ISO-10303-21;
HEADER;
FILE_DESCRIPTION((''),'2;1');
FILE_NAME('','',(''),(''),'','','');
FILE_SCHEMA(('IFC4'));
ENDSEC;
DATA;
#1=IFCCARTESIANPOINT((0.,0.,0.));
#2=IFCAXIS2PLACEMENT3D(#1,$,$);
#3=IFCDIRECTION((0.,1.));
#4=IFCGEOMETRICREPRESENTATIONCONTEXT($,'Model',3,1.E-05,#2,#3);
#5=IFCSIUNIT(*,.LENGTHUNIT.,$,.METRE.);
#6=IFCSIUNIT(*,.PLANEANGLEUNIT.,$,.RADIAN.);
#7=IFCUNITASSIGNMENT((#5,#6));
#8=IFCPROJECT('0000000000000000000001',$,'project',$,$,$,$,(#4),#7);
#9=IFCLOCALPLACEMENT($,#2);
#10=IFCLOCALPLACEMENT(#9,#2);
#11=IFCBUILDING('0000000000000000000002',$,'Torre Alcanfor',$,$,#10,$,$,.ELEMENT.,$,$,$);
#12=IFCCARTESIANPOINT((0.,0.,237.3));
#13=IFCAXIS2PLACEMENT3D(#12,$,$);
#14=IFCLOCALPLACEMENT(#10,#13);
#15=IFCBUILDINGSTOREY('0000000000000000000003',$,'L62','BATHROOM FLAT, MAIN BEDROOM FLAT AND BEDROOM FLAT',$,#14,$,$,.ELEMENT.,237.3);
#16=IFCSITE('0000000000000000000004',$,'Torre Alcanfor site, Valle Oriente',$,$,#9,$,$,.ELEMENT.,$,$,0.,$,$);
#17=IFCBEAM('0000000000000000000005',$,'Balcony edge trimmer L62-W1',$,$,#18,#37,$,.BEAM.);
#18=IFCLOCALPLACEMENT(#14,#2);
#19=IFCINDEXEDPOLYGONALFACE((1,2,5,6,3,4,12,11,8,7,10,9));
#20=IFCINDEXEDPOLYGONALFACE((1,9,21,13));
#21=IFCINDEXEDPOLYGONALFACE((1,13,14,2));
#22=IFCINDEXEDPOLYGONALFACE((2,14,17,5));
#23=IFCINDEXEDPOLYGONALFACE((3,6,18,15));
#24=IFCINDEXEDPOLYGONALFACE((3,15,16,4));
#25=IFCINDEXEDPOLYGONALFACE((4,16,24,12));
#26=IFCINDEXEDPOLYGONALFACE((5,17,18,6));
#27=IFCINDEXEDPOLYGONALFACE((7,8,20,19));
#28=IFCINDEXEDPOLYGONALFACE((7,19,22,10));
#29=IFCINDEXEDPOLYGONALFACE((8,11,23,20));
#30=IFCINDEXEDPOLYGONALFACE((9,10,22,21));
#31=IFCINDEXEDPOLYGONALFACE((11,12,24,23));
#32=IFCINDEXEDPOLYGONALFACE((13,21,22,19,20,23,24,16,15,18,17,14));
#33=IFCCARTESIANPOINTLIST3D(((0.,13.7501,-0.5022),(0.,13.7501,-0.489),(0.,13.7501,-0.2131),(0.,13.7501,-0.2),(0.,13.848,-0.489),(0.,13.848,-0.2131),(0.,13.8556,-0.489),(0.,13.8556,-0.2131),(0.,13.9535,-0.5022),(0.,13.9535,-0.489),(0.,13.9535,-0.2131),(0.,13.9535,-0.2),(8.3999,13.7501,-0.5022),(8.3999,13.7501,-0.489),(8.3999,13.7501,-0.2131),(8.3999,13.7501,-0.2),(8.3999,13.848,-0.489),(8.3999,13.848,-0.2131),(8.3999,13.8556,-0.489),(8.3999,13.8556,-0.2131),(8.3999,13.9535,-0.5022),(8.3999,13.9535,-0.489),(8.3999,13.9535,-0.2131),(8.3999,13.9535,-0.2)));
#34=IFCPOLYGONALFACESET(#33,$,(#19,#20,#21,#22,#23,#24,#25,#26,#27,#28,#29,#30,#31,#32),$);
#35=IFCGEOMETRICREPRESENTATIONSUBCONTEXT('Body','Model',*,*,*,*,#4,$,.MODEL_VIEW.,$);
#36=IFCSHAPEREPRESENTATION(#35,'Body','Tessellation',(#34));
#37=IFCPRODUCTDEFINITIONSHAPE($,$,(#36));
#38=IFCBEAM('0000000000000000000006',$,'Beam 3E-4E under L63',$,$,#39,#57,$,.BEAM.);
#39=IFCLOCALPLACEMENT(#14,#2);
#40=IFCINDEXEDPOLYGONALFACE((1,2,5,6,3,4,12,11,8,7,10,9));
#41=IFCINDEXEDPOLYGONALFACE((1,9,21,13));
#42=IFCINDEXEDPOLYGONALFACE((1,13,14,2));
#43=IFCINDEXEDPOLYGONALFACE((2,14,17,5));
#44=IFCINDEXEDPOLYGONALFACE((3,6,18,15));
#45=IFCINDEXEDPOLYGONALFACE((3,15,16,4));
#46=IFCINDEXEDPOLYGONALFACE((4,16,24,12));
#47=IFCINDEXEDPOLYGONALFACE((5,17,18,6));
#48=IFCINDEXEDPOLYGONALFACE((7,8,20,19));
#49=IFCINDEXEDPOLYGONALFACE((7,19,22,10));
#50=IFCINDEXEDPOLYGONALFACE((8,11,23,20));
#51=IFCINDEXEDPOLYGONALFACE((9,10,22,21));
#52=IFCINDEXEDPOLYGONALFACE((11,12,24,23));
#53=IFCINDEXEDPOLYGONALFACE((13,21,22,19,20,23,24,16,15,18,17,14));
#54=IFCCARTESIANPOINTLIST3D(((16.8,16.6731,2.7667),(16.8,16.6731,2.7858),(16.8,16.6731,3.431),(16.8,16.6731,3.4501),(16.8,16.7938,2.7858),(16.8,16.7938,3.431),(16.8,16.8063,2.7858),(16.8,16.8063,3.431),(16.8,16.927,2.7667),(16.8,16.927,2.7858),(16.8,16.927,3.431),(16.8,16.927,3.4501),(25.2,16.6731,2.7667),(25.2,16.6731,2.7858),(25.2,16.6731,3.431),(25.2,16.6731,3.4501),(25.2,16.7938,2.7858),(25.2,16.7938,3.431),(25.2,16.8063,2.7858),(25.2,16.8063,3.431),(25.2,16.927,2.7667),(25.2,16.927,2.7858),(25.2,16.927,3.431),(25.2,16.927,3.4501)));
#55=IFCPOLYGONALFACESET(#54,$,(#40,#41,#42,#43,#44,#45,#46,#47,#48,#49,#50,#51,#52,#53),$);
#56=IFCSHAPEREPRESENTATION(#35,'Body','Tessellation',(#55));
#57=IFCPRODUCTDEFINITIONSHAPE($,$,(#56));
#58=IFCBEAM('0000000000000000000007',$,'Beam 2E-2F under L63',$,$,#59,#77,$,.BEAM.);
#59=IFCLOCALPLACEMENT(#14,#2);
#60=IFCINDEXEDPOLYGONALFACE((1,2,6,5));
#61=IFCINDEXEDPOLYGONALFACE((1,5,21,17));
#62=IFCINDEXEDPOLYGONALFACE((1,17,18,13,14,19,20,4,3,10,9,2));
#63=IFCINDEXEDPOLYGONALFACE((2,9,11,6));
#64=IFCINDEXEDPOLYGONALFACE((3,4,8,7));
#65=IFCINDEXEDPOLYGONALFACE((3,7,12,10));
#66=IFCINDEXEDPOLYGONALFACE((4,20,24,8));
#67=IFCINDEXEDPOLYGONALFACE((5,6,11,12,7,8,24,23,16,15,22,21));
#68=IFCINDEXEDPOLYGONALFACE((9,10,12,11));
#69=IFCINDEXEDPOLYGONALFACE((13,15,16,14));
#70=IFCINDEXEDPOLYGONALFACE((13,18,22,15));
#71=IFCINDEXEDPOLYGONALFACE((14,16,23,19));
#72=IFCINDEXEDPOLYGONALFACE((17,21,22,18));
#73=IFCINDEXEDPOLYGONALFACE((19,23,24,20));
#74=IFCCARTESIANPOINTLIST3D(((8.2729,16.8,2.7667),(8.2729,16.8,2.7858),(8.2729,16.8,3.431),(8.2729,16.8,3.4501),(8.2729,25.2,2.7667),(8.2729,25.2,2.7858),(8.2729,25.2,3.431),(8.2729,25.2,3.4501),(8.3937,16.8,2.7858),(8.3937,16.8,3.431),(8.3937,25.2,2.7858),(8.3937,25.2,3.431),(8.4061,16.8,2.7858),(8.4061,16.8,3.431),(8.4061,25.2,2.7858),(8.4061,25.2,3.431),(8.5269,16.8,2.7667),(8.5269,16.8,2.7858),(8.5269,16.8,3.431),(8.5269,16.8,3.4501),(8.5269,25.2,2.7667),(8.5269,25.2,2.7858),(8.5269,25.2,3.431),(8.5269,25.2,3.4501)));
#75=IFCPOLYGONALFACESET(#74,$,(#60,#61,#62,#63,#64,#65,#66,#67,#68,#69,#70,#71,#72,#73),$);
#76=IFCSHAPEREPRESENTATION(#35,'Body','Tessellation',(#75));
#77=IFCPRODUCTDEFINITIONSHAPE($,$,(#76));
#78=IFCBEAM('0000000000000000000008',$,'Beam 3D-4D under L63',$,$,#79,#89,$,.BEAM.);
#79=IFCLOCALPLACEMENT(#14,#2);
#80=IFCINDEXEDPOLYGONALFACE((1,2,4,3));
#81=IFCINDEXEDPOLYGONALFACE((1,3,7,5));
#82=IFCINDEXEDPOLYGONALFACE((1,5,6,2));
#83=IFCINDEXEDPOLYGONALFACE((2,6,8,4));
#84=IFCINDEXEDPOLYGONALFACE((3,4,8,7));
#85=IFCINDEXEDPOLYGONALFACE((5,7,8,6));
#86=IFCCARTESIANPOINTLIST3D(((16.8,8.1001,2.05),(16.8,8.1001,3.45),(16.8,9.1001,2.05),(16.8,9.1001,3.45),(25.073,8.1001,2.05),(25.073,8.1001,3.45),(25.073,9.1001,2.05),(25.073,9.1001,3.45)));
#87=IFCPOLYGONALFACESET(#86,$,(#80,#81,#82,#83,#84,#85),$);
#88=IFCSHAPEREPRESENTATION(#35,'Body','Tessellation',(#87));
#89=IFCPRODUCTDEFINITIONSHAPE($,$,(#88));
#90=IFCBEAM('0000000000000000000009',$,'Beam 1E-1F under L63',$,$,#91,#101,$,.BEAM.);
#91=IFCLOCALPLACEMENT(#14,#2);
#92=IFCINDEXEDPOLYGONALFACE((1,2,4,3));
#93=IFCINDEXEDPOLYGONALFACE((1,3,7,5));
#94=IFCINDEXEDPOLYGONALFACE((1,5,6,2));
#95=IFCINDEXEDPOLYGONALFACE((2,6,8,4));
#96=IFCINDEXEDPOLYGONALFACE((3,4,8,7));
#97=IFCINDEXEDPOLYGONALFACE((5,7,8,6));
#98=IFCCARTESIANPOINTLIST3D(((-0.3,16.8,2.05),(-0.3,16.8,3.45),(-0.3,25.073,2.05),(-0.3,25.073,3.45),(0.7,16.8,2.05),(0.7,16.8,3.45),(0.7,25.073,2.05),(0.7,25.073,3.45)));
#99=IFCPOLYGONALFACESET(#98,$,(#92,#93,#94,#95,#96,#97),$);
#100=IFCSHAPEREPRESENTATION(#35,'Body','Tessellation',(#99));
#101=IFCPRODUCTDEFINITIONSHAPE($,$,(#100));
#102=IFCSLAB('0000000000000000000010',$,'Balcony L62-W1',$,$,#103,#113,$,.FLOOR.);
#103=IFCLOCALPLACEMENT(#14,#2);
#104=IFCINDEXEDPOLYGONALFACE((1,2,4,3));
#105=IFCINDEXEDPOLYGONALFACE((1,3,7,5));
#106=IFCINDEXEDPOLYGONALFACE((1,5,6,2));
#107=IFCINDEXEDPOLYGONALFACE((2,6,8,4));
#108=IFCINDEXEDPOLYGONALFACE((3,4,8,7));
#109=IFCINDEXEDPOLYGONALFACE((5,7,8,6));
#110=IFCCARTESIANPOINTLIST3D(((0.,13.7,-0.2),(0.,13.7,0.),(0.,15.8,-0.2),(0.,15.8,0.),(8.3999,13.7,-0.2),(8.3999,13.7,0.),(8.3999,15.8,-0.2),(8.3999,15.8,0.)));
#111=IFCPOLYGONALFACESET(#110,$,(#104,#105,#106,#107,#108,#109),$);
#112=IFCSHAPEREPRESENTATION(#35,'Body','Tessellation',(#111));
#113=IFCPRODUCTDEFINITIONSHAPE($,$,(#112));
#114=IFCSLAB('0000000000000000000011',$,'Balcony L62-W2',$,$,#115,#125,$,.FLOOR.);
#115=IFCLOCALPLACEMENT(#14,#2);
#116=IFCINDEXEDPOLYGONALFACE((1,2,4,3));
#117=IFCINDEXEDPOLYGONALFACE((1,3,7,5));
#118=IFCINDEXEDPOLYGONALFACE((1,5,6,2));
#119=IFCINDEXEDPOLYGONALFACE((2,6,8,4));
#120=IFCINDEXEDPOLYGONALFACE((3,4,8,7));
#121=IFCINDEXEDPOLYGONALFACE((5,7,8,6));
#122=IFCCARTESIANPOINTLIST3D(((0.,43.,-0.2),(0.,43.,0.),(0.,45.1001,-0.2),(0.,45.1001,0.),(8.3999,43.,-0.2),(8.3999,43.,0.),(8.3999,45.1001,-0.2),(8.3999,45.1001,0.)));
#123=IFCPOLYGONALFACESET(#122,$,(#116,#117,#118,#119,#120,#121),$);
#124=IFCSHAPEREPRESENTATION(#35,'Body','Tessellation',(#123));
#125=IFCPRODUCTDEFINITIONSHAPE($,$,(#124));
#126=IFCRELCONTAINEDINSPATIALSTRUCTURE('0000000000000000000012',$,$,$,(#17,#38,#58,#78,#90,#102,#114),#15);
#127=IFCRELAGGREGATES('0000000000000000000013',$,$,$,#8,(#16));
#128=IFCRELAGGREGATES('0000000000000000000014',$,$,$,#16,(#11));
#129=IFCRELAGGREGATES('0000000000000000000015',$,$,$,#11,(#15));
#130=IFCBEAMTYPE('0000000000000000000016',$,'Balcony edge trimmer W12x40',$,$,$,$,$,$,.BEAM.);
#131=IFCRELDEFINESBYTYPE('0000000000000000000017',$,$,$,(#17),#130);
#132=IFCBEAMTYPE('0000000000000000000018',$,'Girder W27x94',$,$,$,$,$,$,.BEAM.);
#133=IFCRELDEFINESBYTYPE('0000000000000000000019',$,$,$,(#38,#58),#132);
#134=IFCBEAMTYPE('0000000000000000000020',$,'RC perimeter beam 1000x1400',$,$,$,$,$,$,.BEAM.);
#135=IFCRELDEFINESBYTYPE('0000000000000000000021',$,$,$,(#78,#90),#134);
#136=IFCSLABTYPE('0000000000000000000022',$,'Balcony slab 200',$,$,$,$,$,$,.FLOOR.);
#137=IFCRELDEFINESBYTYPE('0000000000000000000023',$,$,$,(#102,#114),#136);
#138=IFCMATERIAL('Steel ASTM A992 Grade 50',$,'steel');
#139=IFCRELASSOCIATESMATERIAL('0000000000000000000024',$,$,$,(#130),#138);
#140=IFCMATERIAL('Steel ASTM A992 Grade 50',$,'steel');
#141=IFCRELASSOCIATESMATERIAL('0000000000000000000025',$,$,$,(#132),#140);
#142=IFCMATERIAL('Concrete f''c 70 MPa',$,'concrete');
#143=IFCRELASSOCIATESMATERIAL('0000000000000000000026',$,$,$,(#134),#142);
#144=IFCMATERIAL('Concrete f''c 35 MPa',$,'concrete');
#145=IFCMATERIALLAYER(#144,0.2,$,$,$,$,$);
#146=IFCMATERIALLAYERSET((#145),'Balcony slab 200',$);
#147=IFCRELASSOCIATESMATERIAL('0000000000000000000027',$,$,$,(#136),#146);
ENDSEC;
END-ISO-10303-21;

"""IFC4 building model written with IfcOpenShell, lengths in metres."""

from ifc_helpers import new_model, si_unit, direction, frame, origin, origin_2d, place, context, subcontext, project, spatial, polyline, rectangle, i_section, outline, extrude, material, layer, layer_set, material_profile, profile_set, type_object, element, save


model = new_model("IFC4")

# Units and contexts
model_context = context("Model", 3, precision=1e-05, world=origin(), true_north=direction((0.0, 1.0)))
body_context = subcontext(model_context, "Body", "Model", "MODEL_VIEW")
ifc_project = project(units=[si_unit("LENGTHUNIT", "METRE"), si_unit("PLANEANGLEUNIT", "RADIAN")], contexts=[model_context])

# Site, building, storey
site_placement = place(None, origin())
site = spatial("IfcSite", under=ifc_project, at=site_placement, Name="Torre Alcanfor site, Valle Oriente", CompositionType="ELEMENT", RefElevation=0.0)
building_placement = place(site_placement, origin())
building = spatial("IfcBuilding", under=site, at=building_placement, Name="Torre Alcanfor", CompositionType="ELEMENT")
storey_placement = place(building_placement, frame((0.0, 0.0, 237.3)))
storey = spatial("IfcBuildingStorey", under=building, at=storey_placement, Name="L62", Description="BATHROOM FLAT, MAIN BEDROOM FLAT AND BEDROOM FLAT", CompositionType="ELEMENT", Elevation=237.3)

# Beams
ifc_material_1 = material(Name="Steel ASTM A992 Grade 50", Category="steel")
ifc_material_profile_1 = material_profile(ifc_material_1, i_section(OverallWidth=0.2034, OverallDepth=0.3022, WebThickness=0.0076, FlangeThickness=0.0132, at=origin_2d()), Name="W12x40")
ifc_profile_set_1 = profile_set([ifc_material_profile_1], Name="Steel ASTM A992 Grade 50")
beam_type_1 = type_object("IfcBeamType", Name="Balcony edge trimmer W12x40", PredefinedType="BEAM", material=ifc_profile_set_1)
beam_placement = place(storey_placement, frame((8.3999, 13.8518, -0.3511), z_axis=(-1.0, 0.0, 0.0), x_axis=(0.0, -1.0, 0.0)))
element("IfcBeam", 1, at=beam_placement, inside=storey, type_object=beam_type_1, Name="Balcony edge trimmer L62-W1", PredefinedType="BEAM", context=body_context, shape_type="SweptSolid", body=[
    extrude(i_section(OverallWidth=0.2034, OverallDepth=0.3022, WebThickness=0.0076, FlangeThickness=0.0132, at=origin_2d()), origin(), (0.0, 0.0, 1.0), 8.3999),
])
ifc_material_2 = material(Name="Steel ASTM A992 Grade 50", Category="steel")
ifc_material_profile_2 = material_profile(ifc_material_2, i_section(OverallWidth=0.2539, OverallDepth=0.6833, WebThickness=0.0125, FlangeThickness=0.019, at=origin_2d()), Name="W27x94")
ifc_profile_set_2 = profile_set([ifc_material_profile_2], Name="Steel ASTM A992 Grade 50")
beam_type_2 = type_object("IfcBeamType", Name="Girder W27x94", PredefinedType="BEAM", material=ifc_profile_set_2)
for number, where, z_axis, x_axis, name in (
    (2, (16.8, 16.8, 3.1084), (1.0, 0.0, 0.0), (0.0, 1.0, 0.0), "Beam 3E-4E under L63"),
    (3, (8.3999, 16.8, 3.1084), (0.0, 1.0, 0.0), (-1.0, 0.0, 0.0), "Beam 2E-2F under L63"),
):
    element("IfcBeam", number, at=place(storey_placement, frame(where, z_axis=z_axis, x_axis=x_axis)), inside=storey, type_object=beam_type_2, Name=name, PredefinedType="BEAM", context=body_context, shape_type="SweptSolid", body=[
        extrude(i_section(OverallWidth=0.2539, OverallDepth=0.6833, WebThickness=0.0125, FlangeThickness=0.019, at=origin_2d()), origin(), (0.0, 0.0, 1.0), 8.3999),
    ])
ifc_material_3 = material(Name="Concrete f'c 70 MPa", Category="concrete")
ifc_material_profile_3 = material_profile(ifc_material_3, rectangle(XDim=1.0, YDim=1.3999, at=origin_2d()), Name="1000x1400")
ifc_profile_set_3 = profile_set([ifc_material_profile_3], Name="Concrete f'c 70 MPa")
beam_type_3 = type_object("IfcBeamType", Name="RC perimeter beam 1000x1400", PredefinedType="BEAM", material=ifc_profile_set_3)
for number, where, z_axis, x_axis, name in (
    (4, (16.8, 8.6001, 2.75), (1.0, 0.0, 0.0), (0.0, 1.0, 0.0), "Beam 3D-4D under L63"),
    (5, (0.2, 16.8, 2.75), (0.0, 1.0, 0.0), (-1.0, 0.0, 0.0), "Beam 1E-1F under L63"),
):
    element("IfcBeam", number, at=place(storey_placement, frame(where, z_axis=z_axis, x_axis=x_axis)), inside=storey, type_object=beam_type_3, Name=name, PredefinedType="BEAM", context=body_context, shape_type="SweptSolid", body=[
        extrude(rectangle(XDim=1.0, YDim=1.3999, at=origin_2d()), origin(), (0.0, 0.0, 1.0), 8.2729),
    ])

# Slabs
ifc_material_4 = material(Name="Concrete f'c 35 MPa", Category="concrete")
ifc_layer_1 = layer(ifc_material_4, 0.2)
ifc_layer_set_1 = layer_set([ifc_layer_1], Name="Balcony slab 200")
slab_type_1 = type_object("IfcSlabType", Name="Balcony slab 200", PredefinedType="FLOOR", material=ifc_layer_set_1)
slab_1_placement = place(storey_placement, frame((0.0, 0.0, -0.2)))
element("IfcSlab", 6, at=slab_1_placement, inside=storey, type_object=slab_type_1, Name="Balcony L62-W1", PredefinedType="FLOOR", context=body_context, shape_type="SweptSolid", body=[
    extrude(outline(polyline([(8.3999, 15.8), (0.0, 15.8), (0.0, 13.7), (8.3999, 13.7), (8.3999, 15.8)])), origin(), (0.0, 0.0, 1.0), 0.2),
])
slab_2_placement = place(storey_placement, frame((0.0, 0.0, -0.2)))
element("IfcSlab", 7, at=slab_2_placement, inside=storey, type_object=slab_type_1, Name="Balcony L62-W2", PredefinedType="FLOOR", context=body_context, shape_type="SweptSolid", body=[
    extrude(outline(polyline([(8.3999, 45.1001), (0.0, 45.1001), (0.0, 43.0), (8.3999, 43.0), (8.3999, 45.1001)])), origin(), (0.0, 0.0, 1.0), 0.2),
])

save(model, "model.ifc")
